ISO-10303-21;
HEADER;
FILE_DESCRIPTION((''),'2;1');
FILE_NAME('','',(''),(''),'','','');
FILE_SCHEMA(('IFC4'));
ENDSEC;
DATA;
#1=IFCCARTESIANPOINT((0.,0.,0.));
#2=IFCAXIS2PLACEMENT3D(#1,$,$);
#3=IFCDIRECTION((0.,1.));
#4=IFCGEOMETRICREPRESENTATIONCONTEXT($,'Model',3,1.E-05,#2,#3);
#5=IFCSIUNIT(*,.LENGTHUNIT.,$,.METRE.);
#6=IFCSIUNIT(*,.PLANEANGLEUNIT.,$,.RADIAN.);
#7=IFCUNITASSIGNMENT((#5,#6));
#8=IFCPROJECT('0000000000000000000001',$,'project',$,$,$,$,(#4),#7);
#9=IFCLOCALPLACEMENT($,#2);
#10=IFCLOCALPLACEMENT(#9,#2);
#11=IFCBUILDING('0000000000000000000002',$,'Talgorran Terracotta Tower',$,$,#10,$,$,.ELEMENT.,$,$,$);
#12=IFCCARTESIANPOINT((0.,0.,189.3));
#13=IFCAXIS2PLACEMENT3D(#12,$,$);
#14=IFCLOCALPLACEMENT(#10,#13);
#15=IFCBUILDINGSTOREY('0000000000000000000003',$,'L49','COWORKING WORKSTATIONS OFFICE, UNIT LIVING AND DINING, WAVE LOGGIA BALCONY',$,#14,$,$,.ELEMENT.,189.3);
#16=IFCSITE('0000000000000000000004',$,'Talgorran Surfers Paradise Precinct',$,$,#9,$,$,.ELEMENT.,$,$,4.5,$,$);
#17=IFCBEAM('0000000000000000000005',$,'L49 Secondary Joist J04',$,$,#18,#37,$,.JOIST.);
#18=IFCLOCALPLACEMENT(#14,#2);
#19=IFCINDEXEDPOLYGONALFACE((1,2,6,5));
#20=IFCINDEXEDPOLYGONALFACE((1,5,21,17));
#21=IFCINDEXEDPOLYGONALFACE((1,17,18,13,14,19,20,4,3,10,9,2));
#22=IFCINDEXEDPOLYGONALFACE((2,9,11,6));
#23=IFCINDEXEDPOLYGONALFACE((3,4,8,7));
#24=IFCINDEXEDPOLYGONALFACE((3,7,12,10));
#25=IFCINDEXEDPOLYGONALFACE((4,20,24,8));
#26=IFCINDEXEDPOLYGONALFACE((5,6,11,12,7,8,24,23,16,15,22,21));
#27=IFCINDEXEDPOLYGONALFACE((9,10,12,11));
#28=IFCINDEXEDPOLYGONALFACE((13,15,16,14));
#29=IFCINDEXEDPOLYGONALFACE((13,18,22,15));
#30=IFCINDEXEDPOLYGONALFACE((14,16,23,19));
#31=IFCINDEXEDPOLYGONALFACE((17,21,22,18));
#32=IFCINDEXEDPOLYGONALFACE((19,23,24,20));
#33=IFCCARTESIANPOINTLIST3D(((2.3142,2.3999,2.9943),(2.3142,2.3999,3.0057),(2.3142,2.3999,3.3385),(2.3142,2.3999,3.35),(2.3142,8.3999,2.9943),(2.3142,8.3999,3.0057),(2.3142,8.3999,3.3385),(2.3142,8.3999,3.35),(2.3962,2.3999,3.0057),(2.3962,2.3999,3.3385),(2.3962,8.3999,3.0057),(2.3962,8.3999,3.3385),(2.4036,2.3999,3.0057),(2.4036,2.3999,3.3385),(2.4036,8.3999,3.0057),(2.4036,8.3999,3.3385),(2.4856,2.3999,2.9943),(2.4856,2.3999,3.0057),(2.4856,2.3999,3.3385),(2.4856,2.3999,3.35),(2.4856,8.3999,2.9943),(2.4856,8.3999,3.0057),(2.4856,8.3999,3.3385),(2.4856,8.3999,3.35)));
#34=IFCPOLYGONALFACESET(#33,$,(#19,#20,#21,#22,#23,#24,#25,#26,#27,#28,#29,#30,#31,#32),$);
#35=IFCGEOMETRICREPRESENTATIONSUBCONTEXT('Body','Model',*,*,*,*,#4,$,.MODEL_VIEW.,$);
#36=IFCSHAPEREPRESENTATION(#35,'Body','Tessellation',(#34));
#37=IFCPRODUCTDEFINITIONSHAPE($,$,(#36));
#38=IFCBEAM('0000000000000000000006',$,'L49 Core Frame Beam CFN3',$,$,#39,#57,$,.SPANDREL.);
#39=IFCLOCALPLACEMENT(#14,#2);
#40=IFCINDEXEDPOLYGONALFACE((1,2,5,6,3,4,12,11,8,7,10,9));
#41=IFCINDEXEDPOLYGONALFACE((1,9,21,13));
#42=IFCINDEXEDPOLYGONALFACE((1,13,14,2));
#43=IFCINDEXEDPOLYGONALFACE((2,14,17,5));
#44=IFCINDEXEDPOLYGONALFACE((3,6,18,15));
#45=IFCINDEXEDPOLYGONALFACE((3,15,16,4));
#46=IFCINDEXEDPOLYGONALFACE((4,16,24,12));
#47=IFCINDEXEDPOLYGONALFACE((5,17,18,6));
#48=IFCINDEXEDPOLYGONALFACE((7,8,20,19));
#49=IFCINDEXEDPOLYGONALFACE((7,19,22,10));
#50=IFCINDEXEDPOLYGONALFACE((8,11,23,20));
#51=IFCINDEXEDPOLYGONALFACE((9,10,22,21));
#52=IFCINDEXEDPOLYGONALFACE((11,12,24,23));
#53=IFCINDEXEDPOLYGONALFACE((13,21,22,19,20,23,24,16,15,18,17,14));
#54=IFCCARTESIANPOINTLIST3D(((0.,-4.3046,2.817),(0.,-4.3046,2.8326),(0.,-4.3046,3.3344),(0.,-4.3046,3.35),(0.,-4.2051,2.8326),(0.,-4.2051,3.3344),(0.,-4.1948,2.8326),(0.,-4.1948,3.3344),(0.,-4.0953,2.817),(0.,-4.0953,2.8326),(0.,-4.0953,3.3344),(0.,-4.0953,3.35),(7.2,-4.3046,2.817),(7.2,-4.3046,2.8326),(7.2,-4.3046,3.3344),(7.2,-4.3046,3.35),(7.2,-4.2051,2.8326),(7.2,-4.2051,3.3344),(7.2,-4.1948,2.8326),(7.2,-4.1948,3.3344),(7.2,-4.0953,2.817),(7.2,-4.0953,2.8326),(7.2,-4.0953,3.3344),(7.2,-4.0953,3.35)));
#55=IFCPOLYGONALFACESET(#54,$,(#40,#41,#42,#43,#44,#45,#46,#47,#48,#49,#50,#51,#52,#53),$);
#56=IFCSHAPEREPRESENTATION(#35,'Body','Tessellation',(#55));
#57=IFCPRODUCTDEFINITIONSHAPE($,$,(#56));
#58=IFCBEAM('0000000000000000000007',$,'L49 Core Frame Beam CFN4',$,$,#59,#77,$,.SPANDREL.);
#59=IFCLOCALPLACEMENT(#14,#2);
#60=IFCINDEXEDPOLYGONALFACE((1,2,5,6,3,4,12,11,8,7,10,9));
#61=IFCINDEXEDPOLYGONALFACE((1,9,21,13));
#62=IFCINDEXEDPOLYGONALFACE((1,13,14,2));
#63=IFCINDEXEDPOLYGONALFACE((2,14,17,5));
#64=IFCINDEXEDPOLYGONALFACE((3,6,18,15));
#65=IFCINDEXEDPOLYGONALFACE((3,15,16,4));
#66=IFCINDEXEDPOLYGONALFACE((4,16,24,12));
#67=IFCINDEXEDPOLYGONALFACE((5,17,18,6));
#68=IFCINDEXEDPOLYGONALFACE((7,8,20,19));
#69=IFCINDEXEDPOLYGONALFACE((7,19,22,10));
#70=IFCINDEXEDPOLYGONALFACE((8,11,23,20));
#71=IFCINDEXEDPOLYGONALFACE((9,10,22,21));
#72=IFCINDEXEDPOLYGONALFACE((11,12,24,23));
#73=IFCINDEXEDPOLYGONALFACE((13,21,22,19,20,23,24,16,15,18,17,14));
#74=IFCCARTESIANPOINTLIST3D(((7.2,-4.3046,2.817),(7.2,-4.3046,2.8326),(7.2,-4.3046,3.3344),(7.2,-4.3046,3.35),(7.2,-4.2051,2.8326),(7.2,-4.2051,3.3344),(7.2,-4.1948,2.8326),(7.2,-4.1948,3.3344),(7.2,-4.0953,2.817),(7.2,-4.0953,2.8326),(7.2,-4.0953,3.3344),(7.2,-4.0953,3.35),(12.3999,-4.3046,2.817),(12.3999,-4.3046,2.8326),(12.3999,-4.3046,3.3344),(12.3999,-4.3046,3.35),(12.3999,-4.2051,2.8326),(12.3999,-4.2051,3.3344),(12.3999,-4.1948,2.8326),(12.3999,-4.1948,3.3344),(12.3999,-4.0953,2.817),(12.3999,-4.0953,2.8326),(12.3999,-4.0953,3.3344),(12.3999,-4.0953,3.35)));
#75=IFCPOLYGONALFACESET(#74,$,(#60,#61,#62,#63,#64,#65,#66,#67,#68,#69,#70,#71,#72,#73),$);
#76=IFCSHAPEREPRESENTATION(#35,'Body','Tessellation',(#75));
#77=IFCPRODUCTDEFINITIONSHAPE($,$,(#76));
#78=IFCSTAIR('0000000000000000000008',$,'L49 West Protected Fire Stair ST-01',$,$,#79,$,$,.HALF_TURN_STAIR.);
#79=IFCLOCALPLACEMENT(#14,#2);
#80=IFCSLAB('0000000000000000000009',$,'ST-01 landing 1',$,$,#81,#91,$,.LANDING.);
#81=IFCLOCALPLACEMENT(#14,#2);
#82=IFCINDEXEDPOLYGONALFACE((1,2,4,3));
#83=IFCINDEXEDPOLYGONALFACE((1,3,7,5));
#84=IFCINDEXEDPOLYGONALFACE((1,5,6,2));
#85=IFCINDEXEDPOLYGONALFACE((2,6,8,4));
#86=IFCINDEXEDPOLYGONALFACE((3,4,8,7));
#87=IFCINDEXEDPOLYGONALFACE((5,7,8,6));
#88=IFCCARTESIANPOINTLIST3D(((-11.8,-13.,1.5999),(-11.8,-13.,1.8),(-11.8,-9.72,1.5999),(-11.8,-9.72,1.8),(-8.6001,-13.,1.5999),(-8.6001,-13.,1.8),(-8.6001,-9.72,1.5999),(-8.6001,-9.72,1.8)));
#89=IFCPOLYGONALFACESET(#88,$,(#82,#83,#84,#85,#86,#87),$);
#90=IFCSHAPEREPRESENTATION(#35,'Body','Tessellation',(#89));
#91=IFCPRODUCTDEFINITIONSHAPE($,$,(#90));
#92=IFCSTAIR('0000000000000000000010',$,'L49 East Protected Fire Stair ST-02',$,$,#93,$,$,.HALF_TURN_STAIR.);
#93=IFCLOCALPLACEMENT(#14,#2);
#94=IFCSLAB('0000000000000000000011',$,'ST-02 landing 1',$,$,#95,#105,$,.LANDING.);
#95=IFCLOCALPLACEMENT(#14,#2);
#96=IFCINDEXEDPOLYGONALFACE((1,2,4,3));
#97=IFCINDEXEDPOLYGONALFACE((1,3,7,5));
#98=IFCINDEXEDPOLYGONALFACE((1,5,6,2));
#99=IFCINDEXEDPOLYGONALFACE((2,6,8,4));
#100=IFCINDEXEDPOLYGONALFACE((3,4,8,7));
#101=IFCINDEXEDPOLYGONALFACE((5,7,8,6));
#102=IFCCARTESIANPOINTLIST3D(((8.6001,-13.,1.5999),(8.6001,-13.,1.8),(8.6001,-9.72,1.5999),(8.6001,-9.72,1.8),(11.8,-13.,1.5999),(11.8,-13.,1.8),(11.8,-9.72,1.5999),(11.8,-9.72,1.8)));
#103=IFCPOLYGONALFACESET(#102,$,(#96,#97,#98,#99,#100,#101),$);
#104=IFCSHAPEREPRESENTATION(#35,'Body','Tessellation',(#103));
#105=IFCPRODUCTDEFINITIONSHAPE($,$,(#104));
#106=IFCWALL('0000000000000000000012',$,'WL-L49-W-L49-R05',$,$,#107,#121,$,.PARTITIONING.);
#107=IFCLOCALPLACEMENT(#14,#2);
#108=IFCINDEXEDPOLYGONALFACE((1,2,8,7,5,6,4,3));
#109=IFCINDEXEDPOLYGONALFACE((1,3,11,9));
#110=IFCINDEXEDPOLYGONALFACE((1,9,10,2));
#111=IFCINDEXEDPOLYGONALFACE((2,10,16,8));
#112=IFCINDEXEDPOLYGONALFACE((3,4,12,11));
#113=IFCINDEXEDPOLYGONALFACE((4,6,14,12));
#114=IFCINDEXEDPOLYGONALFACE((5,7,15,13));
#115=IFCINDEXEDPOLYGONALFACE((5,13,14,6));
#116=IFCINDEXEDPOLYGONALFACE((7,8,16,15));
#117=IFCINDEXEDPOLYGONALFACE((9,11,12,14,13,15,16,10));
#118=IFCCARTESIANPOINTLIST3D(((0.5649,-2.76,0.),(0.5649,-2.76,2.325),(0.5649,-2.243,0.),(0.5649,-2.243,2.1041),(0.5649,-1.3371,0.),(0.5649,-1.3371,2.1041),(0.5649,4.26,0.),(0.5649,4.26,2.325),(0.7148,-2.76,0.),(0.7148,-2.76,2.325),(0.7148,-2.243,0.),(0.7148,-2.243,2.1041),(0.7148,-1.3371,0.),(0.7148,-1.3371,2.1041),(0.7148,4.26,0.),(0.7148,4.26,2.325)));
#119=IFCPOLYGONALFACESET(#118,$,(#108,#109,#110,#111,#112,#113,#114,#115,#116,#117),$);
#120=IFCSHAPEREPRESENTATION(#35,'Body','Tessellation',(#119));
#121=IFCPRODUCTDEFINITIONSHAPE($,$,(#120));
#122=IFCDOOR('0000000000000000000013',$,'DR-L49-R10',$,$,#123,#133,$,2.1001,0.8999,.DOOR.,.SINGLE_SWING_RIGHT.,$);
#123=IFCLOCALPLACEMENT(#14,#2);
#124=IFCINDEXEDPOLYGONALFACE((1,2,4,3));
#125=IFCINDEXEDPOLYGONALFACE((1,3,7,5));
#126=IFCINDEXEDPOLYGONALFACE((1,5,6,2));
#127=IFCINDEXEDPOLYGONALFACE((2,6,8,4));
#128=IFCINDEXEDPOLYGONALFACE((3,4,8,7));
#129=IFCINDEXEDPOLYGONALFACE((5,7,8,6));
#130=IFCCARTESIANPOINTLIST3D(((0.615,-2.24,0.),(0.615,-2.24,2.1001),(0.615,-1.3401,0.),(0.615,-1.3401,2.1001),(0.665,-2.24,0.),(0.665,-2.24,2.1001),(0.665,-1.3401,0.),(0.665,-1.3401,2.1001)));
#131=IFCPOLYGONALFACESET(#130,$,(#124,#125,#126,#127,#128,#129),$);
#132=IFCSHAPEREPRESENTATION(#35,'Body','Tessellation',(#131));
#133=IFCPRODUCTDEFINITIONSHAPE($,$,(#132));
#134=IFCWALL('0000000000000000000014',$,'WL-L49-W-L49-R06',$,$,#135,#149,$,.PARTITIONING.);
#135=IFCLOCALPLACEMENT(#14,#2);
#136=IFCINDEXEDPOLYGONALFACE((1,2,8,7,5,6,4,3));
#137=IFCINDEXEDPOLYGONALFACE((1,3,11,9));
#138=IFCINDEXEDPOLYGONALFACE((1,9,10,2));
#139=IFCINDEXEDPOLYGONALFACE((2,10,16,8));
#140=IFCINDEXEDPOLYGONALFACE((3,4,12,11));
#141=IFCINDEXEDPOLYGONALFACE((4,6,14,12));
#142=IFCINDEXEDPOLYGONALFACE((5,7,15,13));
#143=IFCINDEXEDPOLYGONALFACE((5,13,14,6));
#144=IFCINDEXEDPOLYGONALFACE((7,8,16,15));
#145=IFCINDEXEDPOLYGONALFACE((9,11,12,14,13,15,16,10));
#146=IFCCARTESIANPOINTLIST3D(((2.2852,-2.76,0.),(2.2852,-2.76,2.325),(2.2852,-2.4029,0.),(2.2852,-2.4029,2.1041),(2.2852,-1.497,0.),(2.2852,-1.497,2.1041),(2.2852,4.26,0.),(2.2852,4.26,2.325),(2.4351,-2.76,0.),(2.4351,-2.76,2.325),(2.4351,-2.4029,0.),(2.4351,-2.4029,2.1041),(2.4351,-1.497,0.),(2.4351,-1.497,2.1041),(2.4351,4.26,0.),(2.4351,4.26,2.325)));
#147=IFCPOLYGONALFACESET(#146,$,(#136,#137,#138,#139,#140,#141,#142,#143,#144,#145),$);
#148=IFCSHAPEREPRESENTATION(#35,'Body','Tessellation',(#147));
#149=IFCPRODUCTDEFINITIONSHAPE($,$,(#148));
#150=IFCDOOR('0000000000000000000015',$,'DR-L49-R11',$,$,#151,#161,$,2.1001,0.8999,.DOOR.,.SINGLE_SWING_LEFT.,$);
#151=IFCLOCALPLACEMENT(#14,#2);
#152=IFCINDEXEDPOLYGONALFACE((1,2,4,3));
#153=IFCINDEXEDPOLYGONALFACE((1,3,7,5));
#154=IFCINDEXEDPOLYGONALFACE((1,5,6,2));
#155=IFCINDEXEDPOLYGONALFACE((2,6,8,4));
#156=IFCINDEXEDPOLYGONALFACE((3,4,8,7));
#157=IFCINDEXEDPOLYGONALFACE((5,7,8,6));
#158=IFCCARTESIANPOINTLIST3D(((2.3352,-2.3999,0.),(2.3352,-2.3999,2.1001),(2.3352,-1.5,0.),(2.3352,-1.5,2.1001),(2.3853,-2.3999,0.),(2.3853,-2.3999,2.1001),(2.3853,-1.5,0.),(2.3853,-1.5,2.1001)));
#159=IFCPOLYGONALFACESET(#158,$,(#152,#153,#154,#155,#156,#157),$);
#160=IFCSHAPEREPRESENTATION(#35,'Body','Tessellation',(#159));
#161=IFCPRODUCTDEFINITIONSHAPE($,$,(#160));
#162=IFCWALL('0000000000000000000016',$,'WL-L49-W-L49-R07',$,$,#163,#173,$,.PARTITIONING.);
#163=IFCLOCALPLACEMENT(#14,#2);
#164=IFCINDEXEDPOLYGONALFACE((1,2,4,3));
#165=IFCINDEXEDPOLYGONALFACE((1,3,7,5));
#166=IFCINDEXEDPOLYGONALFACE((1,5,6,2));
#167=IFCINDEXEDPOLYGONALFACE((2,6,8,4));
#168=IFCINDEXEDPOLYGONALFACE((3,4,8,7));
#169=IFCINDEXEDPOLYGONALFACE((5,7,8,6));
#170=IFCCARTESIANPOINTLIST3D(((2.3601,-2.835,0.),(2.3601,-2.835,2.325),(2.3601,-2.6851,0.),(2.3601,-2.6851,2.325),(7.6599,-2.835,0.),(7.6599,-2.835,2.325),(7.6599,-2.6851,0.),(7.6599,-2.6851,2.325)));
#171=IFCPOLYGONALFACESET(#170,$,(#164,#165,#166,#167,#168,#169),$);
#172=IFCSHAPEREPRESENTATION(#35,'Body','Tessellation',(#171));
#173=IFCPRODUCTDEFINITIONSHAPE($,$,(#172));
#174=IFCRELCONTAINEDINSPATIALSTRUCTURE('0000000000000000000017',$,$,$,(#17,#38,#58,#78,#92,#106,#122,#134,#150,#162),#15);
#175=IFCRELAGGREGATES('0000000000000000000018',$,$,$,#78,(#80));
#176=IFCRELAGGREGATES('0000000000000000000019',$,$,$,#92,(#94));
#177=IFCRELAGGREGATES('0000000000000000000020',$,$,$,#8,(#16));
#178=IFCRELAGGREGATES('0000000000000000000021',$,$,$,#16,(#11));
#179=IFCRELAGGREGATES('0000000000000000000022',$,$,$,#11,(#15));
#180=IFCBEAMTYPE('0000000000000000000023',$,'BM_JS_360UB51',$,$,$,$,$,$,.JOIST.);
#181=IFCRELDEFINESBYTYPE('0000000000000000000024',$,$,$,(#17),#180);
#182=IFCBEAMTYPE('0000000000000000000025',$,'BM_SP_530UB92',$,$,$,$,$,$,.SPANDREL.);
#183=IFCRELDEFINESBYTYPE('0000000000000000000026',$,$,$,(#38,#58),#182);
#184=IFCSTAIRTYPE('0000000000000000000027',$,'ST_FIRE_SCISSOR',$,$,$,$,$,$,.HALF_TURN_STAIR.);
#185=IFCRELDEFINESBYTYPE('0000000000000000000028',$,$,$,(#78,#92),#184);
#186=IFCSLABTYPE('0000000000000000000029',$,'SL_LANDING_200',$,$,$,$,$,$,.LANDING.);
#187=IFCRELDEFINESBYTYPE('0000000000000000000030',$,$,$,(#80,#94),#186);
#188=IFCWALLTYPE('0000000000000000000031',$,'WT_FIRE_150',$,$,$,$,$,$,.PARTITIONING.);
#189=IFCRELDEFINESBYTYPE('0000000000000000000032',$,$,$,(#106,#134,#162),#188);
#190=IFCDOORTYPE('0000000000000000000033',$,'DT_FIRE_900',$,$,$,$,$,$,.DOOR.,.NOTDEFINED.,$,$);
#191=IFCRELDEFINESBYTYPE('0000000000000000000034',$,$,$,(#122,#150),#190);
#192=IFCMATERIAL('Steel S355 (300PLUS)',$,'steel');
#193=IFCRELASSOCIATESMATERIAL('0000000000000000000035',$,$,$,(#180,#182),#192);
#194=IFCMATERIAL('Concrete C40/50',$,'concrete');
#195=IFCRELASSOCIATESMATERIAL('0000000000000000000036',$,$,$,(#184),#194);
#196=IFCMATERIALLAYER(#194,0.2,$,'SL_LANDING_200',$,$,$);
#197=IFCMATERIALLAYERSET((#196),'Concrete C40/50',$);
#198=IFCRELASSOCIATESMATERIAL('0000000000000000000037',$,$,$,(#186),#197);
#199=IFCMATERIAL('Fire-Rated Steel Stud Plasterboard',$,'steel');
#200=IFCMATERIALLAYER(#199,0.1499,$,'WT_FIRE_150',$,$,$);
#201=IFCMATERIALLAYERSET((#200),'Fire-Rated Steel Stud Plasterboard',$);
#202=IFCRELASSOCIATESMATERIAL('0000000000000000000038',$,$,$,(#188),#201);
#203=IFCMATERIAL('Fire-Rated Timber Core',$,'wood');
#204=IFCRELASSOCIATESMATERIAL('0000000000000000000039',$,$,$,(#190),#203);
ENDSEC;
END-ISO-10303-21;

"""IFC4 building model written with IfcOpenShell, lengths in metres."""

from ifc_helpers import new_model, si_unit, direction, frame, frame_2d, origin, origin_2d, place, context, subcontext, project, spatial, polyline, rectangle, i_section, outline, extrude, material, layer, layer_set, material_profile, profile_set, type_object, element, fill, aggregate, save


model = new_model("IFC4")

# Units and contexts
model_context = context("Model", 3, precision=1e-05, world=origin(), true_north=direction((0.0, 1.0)))
body_context = subcontext(model_context, "Body", "Model", "MODEL_VIEW")
ifc_project = project(units=[si_unit("LENGTHUNIT", "METRE"), si_unit("PLANEANGLEUNIT", "RADIAN")], contexts=[model_context])

# Site, building, storey
site_placement = place(None, origin())
site = spatial("IfcSite", under=ifc_project, at=site_placement, Name="Talgorran Surfers Paradise Precinct", CompositionType="ELEMENT", RefElevation=4.5)
building_placement = place(site_placement, origin())
building = spatial("IfcBuilding", under=site, at=building_placement, Name="Talgorran Terracotta Tower", CompositionType="ELEMENT")
storey_placement = place(building_placement, frame((0.0, 0.0, 189.3)))
storey = spatial("IfcBuildingStorey", under=building, at=storey_placement, Name="L49", Description="COWORKING WORKSTATIONS OFFICE, UNIT LIVING AND DINING, WAVE LOGGIA BALCONY", CompositionType="ELEMENT", Elevation=189.3)

# Shared definitions
ifc_material_1 = material(Name="Steel S355 (300PLUS)", Category="steel")

# Beams
ifc_material_profile_1 = material_profile(ifc_material_1, i_section(OverallWidth=0.1714, OverallDepth=0.3557, WebThickness=0.0073, FlangeThickness=0.0115, at=origin_2d()), Name="360UB50.7")
ifc_profile_set_1 = profile_set([ifc_material_profile_1], Name="Steel S355 (300PLUS)")
beam_type_1 = type_object("IfcBeamType", Name="BM_JS_360UB51", PredefinedType="JOIST", material=ifc_profile_set_1)
beam_1_placement = place(storey_placement, frame((2.3999, 2.3999, 3.1721), z_axis=(0.0, 1.0, 0.0), x_axis=(-1.0, 0.0, 0.0)))
element("IfcBeam", 1, at=beam_1_placement, inside=storey, type_object=beam_type_1, Name="L49 Secondary Joist J04", PredefinedType="JOIST", context=body_context, shape_type="SweptSolid", body=[
    extrude(i_section(OverallWidth=0.1714, OverallDepth=0.3557, WebThickness=0.0073, FlangeThickness=0.0115, at=origin_2d()), origin(), (0.0, 0.0, 1.0), 6.0),
])
ifc_material_profile_2 = material_profile(ifc_material_1, i_section(OverallWidth=0.2092, OverallDepth=0.533, WebThickness=0.0103, FlangeThickness=0.0156, at=origin_2d()), Name="530UB92.4")
ifc_profile_set_2 = profile_set([ifc_material_profile_2], Name="Steel S355 (300PLUS)")
beam_type_2 = type_object("IfcBeamType", Name="BM_SP_530UB92", PredefinedType="SPANDREL", material=ifc_profile_set_2)
beam_2_placement = place(storey_placement, frame((0.0, -4.2, 3.0835), z_axis=(1.0, 0.0, 0.0), x_axis=(0.0, 1.0, 0.0)))
element("IfcBeam", 2, at=beam_2_placement, inside=storey, type_object=beam_type_2, Name="L49 Core Frame Beam CFN3", PredefinedType="SPANDREL", context=body_context, shape_type="SweptSolid", body=[
    extrude(i_section(OverallWidth=0.2092, OverallDepth=0.533, WebThickness=0.0103, FlangeThickness=0.0156, at=origin_2d()), origin(), (0.0, 0.0, 1.0), 7.2),
])
beam_3_placement = place(storey_placement, frame((7.2, -4.2, 3.0835), z_axis=(1.0, 0.0, 0.0), x_axis=(0.0, 1.0, 0.0)))
element("IfcBeam", 3, at=beam_3_placement, inside=storey, type_object=beam_type_2, Name="L49 Core Frame Beam CFN4", PredefinedType="SPANDREL", context=body_context, shape_type="SweptSolid", body=[
    extrude(i_section(OverallWidth=0.2092, OverallDepth=0.533, WebThickness=0.0103, FlangeThickness=0.0156, at=origin_2d()), origin(), (0.0, 0.0, 1.0), 5.2),
])

# Stairs, slabs
ifc_material_2 = material(Name="Concrete C40/50", Category="concrete")
stair_type = type_object("IfcStairType", Name="ST_FIRE_SCISSOR", PredefinedType="HALF_TURN_STAIR", material=ifc_material_2)
stair_1_placement = place(storey_placement, origin())
stair_1 = element("IfcStair", 4, at=stair_1_placement, inside=storey, type_object=stair_type, Name="L49 West Protected Fire Stair ST-01", PredefinedType="HALF_TURN_STAIR")
ifc_layer_1 = layer(ifc_material_2, 0.2, Name="SL_LANDING_200")
ifc_layer_set_1 = layer_set([ifc_layer_1], Name="Concrete C40/50")
slab_type = type_object("IfcSlabType", Name="SL_LANDING_200", PredefinedType="LANDING", material=ifc_layer_set_1)
slab_1_placement = place(storey_placement, frame((0.0, 0.0, 1.5999)))
slab_1 = element("IfcSlab", 5, at=slab_1_placement, type_object=slab_type, Name="ST-01 landing 1", PredefinedType="LANDING", context=body_context, shape_type="SweptSolid", body=[
    extrude(outline(polyline([(-11.8, -9.72), (-11.8, -13.0), (-8.6001, -13.0), (-8.6001, -9.72), (-11.8, -9.72)])), origin(), (0.0, 0.0, 1.0), 0.2002),
])
aggregate(stair_1, [slab_1])
stair_2_placement = place(storey_placement, origin())
stair_2 = element("IfcStair", 6, at=stair_2_placement, inside=storey, type_object=stair_type, Name="L49 East Protected Fire Stair ST-02", PredefinedType="HALF_TURN_STAIR")
slab_2_placement = place(storey_placement, frame((0.0, 0.0, 1.5999)))
slab_2 = element("IfcSlab", 7, at=slab_2_placement, type_object=slab_type, Name="ST-02 landing 1", PredefinedType="LANDING", context=body_context, shape_type="SweptSolid", body=[
    extrude(outline(polyline([(8.6001, -9.72), (8.6001, -13.0), (11.8, -13.0), (11.8, -9.72), (8.6001, -9.72)])), origin(), (0.0, 0.0, 1.0), 0.2002),
])
aggregate(stair_2, [slab_2])

# Walls, openings, doors
ifc_material_3 = material(Name="Fire-Rated Steel Stud Plasterboard", Category="steel")
ifc_layer_2 = layer(ifc_material_3, 0.1499, Name="WT_FIRE_150")
ifc_layer_set_2 = layer_set([ifc_layer_2], Name="Fire-Rated Steel Stud Plasterboard")
wall_type_1 = type_object("IfcWallType", Name="WT_FIRE_150", PredefinedType="PARTITIONING", material=ifc_layer_set_2)
wall_1_placement = place(storey_placement, frame((0.6399, -2.76, 0.0), z_axis=(0.0, 0.0, 1.0), x_axis=(0.0, 1.0, 0.0)))
wall_1 = element("IfcWall", 8, at=wall_1_placement, inside=storey, type_object=wall_type_1, Name="WL-L49-W-L49-R05", PredefinedType="PARTITIONING", context=body_context, shape_type="SweptSolid", body=[
    extrude(rectangle(XDim=7.02, YDim=0.1499, at=frame_2d((3.51, 0.0))), origin(), (0.0, 0.0, 1.0), 2.325),
])
opening_1_placement = place(wall_1_placement, frame((0.52, 0.0, 0.0)))
opening_1 = element("IfcOpeningElement", 9, at=opening_1_placement, cuts=wall_1, PredefinedType="OPENING", context=body_context, shape_type="SweptSolid", body=[
    extrude(rectangle(XDim=0.9059, YDim=2.1041, at=frame_2d((0.45, 1.052))), frame((0.0, 0.085, 0.0), z_axis=(0.0, -1.0, 0.0), x_axis=(1.0, 0.0, 0.0)), (0.0, 0.0, 1.0), 0.1699),
])
ifc_material_4 = material(Name="Fire-Rated Timber Core", Category="wood")
door_type = type_object("IfcDoorType", Name="DT_FIRE_900", OperationType="NOTDEFINED", PredefinedType="DOOR", material=ifc_material_4)
door_1_placement = place(opening_1_placement, origin())
door_1 = element("IfcDoor", 10, at=door_1_placement, inside=storey, type_object=door_type, Name="DR-L49-R10", OperationType="SINGLE_SWING_RIGHT", OverallHeight=2.1001, OverallWidth=0.8999, PredefinedType="DOOR", context=body_context, shape_type="SweptSolid", body=[
    extrude(rectangle(XDim=0.8999, YDim=2.1001, at=frame_2d((0.45, 1.05))), frame((0.0, 0.0249, 0.0), z_axis=(0.0, -1.0, 0.0), x_axis=(1.0, 0.0, 0.0)), (0.0, 0.0, 1.0), 0.05),
])
fill(opening_1, door_1)
wall_2_placement = place(storey_placement, frame((2.3601, -2.76, 0.0), z_axis=(0.0, 0.0, 1.0), x_axis=(0.0, 1.0, 0.0)))
wall_2 = element("IfcWall", 11, at=wall_2_placement, inside=storey, type_object=wall_type_1, Name="WL-L49-W-L49-R06", PredefinedType="PARTITIONING", context=body_context, shape_type="SweptSolid", body=[
    extrude(rectangle(XDim=7.02, YDim=0.1499, at=frame_2d((3.51, 0.0))), origin(), (0.0, 0.0, 1.0), 2.325),
])
opening_2_placement = place(wall_2_placement, frame((0.3601, 0.0, 0.0)))
opening_2 = element("IfcOpeningElement", 12, at=opening_2_placement, cuts=wall_2, PredefinedType="OPENING", context=body_context, shape_type="SweptSolid", body=[
    extrude(rectangle(XDim=0.9059, YDim=2.1041, at=frame_2d((0.45, 1.052))), frame((0.0, 0.085, 0.0), z_axis=(0.0, -1.0, 0.0), x_axis=(1.0, 0.0, 0.0)), (0.0, 0.0, 1.0), 0.1699),
])
door_2_placement = place(opening_2_placement, origin())
door_2 = element("IfcDoor", 13, at=door_2_placement, inside=storey, type_object=door_type, Name="DR-L49-R11", OperationType="SINGLE_SWING_LEFT", OverallHeight=2.1001, OverallWidth=0.8999, PredefinedType="DOOR", context=body_context, shape_type="SweptSolid", body=[
    extrude(rectangle(XDim=0.8999, YDim=2.1001, at=frame_2d((0.45, 1.05))), frame((0.0, 0.0249, 0.0), z_axis=(0.0, -1.0, 0.0), x_axis=(1.0, 0.0, 0.0)), (0.0, 0.0, 1.0), 0.05),
])
fill(opening_2, door_2)

# Wall
wall_3_placement = place(storey_placement, frame((2.3601, -2.76, 0.0), z_axis=(0.0, 0.0, 1.0), x_axis=(1.0, 0.0, 0.0)))
element("IfcWall", 14, at=wall_3_placement, inside=storey, type_object=wall_type_1, Name="WL-L49-W-L49-R07", PredefinedType="PARTITIONING", context=body_context, shape_type="SweptSolid", body=[
    extrude(rectangle(XDim=5.2998, YDim=0.1499, at=frame_2d((2.6499, 0.0))), origin(), (0.0, 0.0, 1.0), 2.325),
])

save(model, "model.ifc")
